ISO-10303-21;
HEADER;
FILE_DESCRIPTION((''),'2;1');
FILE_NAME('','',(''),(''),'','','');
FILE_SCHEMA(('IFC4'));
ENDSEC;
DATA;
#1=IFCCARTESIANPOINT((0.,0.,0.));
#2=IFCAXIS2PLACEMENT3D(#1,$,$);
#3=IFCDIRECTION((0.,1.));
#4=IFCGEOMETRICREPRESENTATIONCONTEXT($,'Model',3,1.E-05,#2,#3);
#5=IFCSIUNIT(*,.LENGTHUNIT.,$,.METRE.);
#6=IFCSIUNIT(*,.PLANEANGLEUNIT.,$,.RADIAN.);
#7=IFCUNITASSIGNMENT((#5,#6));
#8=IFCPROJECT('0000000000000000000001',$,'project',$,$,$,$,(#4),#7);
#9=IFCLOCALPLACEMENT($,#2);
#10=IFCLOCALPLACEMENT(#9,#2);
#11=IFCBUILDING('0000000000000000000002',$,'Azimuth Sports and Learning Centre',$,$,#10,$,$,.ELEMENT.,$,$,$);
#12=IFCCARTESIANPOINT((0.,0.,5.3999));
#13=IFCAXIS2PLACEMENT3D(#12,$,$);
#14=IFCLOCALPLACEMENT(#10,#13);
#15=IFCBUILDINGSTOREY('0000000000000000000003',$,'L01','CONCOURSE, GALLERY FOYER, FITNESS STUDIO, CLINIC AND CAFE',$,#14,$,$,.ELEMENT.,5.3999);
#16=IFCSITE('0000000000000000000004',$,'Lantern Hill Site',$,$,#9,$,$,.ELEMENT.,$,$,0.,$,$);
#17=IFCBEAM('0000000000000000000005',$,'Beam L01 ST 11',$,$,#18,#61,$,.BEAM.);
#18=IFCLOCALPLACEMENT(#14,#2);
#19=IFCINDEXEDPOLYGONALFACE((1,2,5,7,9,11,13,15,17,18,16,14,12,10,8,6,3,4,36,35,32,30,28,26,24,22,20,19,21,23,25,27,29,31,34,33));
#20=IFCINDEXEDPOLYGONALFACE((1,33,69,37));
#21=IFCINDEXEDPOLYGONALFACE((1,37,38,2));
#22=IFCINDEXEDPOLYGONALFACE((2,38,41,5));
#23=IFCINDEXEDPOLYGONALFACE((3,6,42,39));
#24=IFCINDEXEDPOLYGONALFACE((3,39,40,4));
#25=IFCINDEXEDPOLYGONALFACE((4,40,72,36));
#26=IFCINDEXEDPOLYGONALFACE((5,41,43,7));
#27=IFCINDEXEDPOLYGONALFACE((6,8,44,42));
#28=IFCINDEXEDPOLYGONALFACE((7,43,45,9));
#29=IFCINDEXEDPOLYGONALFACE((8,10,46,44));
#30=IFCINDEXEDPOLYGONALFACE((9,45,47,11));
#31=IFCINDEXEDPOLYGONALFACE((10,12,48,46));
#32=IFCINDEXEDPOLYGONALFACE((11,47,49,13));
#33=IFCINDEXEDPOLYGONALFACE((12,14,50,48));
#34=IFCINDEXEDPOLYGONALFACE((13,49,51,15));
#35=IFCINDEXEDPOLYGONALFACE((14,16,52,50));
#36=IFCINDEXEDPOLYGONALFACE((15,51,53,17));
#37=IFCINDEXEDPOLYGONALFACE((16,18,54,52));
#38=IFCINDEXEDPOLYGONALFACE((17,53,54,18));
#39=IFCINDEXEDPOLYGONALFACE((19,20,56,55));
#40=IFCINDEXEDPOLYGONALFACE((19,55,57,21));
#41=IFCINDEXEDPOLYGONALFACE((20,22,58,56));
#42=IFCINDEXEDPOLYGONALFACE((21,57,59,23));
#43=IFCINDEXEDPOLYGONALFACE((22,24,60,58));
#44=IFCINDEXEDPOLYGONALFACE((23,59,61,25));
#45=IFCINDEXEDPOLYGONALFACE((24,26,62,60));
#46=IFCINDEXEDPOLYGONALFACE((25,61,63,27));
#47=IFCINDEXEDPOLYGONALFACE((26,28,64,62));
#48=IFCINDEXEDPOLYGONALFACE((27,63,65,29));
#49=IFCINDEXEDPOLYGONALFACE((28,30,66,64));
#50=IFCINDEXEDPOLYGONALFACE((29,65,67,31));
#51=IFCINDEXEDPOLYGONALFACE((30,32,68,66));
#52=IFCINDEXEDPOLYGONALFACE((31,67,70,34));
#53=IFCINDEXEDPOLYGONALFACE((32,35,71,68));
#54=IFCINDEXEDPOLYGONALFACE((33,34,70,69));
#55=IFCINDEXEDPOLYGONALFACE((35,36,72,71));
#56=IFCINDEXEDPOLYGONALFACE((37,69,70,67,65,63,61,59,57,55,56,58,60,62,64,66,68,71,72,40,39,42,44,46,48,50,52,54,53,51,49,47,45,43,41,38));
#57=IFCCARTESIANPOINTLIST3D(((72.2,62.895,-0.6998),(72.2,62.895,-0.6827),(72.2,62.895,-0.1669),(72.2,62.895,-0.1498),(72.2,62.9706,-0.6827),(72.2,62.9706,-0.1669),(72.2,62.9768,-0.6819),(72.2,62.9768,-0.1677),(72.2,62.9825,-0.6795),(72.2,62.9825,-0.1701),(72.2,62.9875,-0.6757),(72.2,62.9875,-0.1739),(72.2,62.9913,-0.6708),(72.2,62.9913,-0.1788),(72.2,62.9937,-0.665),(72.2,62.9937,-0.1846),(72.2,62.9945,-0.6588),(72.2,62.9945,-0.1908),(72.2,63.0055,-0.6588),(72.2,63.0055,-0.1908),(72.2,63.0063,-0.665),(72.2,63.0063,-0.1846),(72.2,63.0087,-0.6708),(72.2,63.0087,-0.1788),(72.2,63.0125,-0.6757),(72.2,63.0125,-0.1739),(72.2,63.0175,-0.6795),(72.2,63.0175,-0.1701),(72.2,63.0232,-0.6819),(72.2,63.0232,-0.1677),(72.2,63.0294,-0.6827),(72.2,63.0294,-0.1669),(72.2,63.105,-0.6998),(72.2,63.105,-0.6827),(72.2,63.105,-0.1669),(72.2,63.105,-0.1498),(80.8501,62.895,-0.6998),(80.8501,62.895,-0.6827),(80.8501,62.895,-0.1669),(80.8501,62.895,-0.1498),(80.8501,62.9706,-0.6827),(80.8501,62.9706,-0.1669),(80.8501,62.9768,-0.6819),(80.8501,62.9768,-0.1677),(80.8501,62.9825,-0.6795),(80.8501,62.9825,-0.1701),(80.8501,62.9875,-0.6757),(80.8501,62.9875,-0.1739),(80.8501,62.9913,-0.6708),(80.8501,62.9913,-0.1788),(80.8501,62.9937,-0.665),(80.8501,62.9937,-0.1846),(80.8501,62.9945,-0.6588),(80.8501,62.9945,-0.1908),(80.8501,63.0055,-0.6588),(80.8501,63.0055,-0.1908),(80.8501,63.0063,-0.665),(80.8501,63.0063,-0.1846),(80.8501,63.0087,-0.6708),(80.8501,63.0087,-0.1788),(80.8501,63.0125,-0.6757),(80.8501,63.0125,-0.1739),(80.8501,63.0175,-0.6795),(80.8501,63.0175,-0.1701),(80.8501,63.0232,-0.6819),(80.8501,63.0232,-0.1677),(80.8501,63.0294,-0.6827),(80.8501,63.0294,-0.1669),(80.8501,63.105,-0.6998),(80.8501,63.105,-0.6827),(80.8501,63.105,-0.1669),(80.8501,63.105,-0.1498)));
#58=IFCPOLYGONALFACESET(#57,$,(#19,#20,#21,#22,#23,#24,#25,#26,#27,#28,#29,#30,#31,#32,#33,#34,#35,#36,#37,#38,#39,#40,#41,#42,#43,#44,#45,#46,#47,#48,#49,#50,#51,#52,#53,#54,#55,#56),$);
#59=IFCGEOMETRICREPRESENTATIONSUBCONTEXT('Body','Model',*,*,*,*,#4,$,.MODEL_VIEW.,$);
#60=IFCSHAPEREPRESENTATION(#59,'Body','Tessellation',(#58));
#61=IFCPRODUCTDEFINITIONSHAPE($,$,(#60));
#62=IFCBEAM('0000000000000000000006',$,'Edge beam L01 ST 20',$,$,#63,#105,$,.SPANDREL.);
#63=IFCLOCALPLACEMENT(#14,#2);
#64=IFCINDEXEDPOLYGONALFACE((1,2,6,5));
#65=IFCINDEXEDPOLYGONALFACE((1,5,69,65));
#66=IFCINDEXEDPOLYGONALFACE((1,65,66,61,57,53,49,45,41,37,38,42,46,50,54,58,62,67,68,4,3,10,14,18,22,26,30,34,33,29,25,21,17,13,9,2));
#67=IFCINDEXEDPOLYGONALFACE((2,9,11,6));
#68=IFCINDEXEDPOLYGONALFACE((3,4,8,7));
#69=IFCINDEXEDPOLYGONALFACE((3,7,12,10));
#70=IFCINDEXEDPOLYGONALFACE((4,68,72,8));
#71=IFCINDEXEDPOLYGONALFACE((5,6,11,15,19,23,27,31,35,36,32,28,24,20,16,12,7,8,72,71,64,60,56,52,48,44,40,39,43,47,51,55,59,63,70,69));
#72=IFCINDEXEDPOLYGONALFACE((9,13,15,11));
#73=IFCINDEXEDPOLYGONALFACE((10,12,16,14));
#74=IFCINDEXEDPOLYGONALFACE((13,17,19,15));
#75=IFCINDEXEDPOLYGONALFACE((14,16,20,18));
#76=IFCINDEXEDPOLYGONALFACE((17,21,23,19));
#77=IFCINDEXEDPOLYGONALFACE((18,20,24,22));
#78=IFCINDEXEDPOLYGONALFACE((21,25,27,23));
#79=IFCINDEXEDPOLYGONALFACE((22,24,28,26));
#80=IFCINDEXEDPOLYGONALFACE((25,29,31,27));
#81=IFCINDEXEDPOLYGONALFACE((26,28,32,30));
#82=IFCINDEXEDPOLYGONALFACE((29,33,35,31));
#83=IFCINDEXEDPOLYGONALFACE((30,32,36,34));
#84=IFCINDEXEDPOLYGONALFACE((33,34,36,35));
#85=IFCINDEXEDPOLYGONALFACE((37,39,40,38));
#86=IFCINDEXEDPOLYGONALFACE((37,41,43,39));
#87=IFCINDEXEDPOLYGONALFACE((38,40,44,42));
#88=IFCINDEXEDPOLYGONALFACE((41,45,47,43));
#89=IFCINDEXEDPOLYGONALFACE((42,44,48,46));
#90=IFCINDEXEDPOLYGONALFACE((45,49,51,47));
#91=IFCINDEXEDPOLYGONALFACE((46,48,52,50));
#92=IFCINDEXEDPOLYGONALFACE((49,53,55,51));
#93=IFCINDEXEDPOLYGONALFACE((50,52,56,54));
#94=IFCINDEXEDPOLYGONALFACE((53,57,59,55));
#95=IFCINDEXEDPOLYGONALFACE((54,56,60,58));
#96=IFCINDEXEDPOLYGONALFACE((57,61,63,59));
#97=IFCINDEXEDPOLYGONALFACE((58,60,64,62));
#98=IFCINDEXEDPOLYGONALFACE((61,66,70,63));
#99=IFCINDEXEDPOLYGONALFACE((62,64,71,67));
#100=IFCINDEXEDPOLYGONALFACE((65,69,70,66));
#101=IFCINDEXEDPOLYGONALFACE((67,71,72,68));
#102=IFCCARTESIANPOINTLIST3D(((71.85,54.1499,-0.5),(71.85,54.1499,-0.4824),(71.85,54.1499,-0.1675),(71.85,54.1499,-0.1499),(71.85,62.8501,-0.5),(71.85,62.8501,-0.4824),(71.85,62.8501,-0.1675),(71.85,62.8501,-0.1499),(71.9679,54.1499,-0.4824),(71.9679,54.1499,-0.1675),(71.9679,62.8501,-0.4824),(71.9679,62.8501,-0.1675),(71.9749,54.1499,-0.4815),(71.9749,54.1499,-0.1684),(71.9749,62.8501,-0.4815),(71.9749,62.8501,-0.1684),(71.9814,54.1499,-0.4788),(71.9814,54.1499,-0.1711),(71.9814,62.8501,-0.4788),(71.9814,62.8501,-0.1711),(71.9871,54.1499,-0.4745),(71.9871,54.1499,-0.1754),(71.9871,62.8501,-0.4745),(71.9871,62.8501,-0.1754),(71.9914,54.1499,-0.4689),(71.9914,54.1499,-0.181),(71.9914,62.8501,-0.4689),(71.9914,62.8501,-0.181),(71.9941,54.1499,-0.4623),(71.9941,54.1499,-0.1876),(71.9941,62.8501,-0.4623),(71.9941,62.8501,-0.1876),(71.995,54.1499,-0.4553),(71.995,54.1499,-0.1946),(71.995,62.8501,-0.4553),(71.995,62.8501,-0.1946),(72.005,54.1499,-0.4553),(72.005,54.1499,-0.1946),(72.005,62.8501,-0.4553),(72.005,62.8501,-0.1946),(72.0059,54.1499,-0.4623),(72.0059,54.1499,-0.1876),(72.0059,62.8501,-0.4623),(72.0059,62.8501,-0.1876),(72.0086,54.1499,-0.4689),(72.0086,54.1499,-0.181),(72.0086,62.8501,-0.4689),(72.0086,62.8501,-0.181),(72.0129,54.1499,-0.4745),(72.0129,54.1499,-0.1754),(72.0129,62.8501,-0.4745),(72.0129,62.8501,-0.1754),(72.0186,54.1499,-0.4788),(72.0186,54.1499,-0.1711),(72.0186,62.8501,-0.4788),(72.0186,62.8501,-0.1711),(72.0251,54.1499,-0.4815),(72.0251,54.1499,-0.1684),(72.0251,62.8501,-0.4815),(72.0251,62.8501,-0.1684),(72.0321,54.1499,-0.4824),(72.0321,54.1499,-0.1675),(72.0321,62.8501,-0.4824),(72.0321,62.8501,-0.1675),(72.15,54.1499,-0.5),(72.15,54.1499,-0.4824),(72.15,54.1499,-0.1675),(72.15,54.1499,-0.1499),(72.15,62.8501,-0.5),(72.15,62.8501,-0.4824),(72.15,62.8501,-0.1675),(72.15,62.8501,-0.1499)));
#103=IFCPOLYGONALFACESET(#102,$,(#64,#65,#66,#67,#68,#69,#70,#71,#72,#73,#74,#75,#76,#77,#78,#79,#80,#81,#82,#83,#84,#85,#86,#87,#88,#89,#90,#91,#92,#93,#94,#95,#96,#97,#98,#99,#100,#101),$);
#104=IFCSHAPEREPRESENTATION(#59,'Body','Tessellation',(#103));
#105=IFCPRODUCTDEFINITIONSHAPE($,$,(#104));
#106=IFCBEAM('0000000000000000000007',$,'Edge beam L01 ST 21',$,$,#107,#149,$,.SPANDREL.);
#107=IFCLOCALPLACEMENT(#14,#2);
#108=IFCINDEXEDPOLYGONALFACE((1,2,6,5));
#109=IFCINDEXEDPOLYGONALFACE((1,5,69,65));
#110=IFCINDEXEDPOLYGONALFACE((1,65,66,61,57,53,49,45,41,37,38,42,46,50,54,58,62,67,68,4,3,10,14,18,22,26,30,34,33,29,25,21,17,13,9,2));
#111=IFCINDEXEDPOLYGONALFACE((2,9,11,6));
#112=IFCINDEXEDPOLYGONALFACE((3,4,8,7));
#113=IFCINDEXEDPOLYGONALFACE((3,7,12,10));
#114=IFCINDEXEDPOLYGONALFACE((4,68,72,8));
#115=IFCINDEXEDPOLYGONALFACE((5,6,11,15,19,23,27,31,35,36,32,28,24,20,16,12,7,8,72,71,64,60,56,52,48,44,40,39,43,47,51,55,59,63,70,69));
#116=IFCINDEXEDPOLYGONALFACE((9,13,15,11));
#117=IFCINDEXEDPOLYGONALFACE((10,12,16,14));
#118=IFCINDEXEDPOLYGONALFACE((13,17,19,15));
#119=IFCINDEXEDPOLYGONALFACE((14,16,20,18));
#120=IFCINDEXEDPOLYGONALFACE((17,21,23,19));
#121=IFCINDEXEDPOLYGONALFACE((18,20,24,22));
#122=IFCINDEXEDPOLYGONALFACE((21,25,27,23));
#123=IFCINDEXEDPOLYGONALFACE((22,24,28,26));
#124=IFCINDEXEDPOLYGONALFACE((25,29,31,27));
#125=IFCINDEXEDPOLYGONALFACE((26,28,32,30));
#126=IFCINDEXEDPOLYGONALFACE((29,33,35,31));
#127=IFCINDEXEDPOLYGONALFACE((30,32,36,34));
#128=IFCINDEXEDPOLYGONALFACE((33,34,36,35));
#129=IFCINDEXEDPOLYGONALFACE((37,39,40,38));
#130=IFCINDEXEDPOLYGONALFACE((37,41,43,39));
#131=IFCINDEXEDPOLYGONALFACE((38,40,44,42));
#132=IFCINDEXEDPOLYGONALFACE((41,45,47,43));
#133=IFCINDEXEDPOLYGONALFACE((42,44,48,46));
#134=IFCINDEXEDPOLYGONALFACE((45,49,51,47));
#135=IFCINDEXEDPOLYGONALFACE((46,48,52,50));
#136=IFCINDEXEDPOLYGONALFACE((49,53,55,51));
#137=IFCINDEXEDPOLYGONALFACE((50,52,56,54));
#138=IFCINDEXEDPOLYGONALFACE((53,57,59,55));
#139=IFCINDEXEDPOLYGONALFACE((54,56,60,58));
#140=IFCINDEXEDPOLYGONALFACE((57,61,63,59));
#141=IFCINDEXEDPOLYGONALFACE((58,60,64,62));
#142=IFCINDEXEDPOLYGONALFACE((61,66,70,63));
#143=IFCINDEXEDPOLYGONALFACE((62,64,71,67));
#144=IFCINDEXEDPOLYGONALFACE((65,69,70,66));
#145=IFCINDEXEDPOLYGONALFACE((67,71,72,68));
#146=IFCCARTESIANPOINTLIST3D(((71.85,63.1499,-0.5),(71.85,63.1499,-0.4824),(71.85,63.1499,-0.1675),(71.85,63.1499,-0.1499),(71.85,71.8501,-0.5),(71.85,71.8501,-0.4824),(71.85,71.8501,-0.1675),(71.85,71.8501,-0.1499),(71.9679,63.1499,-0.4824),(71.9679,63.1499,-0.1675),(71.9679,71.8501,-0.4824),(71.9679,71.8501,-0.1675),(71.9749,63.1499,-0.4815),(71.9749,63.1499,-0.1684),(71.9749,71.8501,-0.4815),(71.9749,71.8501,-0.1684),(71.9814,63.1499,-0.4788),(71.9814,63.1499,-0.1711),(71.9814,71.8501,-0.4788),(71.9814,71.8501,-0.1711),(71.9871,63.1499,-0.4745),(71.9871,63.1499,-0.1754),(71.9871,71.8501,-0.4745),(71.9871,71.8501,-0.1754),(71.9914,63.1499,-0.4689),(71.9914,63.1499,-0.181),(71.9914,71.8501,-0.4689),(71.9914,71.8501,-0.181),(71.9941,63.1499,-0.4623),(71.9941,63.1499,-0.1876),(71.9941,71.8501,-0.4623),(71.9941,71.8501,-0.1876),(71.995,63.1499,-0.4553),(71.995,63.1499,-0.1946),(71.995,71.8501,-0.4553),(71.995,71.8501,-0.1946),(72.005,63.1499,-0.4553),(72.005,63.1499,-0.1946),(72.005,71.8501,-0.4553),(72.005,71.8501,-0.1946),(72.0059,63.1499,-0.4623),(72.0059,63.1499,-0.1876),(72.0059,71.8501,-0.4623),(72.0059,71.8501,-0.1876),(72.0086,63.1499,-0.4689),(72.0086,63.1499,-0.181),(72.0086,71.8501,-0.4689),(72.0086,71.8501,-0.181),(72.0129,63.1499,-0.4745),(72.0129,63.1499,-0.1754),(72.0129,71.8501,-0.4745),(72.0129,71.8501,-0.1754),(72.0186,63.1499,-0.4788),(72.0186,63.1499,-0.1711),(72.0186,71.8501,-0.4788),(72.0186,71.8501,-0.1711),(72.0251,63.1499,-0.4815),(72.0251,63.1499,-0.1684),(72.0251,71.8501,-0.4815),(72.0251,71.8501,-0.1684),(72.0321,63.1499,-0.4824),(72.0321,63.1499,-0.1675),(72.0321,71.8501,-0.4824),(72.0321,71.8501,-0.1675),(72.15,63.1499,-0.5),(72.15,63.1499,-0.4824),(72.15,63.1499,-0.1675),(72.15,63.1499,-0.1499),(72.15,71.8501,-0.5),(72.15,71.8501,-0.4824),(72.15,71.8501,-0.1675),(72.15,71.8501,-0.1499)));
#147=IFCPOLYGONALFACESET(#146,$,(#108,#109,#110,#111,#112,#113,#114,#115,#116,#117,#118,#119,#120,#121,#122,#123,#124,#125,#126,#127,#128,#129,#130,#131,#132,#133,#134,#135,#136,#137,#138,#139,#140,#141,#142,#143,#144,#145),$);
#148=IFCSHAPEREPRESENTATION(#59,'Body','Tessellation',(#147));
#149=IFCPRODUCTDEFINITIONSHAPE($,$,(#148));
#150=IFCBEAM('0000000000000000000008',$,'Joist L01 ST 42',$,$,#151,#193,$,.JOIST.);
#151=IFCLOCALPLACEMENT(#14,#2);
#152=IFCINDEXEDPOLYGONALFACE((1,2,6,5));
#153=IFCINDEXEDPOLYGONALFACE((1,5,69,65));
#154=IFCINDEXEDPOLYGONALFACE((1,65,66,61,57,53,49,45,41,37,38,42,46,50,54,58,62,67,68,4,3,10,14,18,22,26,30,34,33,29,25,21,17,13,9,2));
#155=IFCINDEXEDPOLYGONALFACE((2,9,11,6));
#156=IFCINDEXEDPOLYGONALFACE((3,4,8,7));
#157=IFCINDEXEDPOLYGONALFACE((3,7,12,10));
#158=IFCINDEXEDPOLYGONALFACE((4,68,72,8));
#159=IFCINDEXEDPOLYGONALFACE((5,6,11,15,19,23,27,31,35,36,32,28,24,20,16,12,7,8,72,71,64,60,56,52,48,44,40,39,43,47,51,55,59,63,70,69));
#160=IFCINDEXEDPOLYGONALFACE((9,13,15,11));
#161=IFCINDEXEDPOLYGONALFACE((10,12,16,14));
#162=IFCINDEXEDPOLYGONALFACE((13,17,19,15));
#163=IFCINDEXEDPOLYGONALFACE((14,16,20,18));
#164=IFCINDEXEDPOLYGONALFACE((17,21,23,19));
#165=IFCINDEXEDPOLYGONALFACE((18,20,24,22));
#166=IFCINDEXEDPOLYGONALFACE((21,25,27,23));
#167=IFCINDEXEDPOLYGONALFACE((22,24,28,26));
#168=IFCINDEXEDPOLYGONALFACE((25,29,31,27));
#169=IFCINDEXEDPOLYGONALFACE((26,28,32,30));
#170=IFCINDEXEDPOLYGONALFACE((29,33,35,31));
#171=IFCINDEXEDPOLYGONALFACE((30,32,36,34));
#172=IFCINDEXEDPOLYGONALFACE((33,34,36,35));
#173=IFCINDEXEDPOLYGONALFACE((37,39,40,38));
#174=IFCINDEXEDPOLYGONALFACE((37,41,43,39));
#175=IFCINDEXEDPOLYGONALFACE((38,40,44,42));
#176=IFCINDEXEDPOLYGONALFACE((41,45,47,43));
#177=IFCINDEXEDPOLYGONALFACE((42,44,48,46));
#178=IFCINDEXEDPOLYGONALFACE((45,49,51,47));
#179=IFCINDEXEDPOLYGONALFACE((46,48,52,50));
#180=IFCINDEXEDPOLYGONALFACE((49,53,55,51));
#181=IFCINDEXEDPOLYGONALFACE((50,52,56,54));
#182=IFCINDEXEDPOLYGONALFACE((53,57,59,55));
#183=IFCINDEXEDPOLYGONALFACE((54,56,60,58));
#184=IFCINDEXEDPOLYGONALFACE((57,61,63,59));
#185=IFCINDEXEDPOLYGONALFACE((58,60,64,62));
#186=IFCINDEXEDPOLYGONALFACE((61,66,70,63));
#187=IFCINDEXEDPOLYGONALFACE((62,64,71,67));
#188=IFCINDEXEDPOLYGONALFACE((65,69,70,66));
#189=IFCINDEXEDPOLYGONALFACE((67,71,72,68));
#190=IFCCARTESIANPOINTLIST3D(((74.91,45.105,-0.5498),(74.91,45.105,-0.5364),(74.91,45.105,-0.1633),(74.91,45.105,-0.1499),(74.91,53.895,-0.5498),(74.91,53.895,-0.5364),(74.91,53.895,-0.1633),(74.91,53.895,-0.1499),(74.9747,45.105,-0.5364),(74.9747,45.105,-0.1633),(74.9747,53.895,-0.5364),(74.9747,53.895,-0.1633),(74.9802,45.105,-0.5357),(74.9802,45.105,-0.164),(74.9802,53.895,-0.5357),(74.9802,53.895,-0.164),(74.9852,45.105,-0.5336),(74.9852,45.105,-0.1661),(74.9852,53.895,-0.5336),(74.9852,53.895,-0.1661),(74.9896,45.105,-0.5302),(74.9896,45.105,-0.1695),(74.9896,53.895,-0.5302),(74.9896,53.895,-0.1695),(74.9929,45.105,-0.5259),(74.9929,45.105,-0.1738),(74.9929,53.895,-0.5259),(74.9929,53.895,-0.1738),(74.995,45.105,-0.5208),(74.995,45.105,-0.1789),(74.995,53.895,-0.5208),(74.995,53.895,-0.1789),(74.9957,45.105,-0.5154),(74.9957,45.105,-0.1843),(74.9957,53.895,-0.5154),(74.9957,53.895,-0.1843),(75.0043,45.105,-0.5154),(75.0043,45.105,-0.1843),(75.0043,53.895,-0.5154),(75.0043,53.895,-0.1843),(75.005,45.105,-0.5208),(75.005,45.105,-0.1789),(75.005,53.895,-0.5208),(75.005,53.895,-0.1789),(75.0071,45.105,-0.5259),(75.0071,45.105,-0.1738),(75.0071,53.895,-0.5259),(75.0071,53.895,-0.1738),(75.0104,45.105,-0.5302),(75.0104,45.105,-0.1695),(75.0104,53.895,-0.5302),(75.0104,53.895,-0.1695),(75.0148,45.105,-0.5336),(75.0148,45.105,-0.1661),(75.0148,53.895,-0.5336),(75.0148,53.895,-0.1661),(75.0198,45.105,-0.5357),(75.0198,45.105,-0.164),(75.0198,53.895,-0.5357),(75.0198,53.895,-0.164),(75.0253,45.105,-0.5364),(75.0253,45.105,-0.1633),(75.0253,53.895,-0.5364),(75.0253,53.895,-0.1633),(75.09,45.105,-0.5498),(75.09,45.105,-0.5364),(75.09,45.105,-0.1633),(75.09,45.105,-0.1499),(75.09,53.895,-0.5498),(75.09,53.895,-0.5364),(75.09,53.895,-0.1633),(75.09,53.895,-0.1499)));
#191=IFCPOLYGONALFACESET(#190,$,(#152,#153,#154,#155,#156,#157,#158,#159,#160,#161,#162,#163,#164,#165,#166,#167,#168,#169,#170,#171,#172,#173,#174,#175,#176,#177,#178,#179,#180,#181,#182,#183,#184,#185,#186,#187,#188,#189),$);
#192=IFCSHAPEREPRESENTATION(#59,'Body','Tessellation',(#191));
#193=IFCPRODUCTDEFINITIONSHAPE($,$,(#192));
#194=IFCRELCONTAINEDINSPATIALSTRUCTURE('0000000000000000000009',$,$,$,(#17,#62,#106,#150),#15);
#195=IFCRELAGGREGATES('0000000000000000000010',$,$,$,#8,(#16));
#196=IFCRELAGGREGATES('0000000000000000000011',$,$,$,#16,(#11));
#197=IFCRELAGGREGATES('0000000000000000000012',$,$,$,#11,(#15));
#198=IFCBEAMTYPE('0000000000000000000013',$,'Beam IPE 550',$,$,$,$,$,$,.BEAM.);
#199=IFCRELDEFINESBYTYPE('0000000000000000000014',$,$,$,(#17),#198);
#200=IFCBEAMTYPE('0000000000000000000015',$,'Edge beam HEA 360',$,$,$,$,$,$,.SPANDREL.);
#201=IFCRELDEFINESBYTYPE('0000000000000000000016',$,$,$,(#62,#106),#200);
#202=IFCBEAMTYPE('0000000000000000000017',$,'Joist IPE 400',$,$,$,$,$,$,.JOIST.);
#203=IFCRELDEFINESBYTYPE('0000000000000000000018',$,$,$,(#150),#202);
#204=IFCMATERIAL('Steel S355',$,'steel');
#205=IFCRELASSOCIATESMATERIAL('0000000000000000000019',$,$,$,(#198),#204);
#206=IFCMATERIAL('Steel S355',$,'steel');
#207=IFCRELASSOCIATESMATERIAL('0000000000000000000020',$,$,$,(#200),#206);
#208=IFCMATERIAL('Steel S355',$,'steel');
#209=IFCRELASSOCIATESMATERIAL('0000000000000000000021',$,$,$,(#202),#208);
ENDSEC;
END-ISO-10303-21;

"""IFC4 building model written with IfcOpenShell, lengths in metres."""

from ifc_helpers import new_model, si_unit, direction, frame, origin, origin_2d, place, context, subcontext, project, spatial, i_section, extrude, material, material_profile, profile_set, type_object, element, save


model = new_model("IFC4")

# Units and contexts
model_context = context("Model", 3, precision=1e-05, world=origin(), true_north=direction((0.0, 1.0)))
body_context = subcontext(model_context, "Body", "Model", "MODEL_VIEW")
ifc_project = project(units=[si_unit("LENGTHUNIT", "METRE"), si_unit("PLANEANGLEUNIT", "RADIAN")], contexts=[model_context])

# Site, building, storey
site_placement = place(None, origin())
site = spatial("IfcSite", under=ifc_project, at=site_placement, Name="Lantern Hill Site", CompositionType="ELEMENT", RefElevation=0.0)
building_placement = place(site_placement, origin())
building = spatial("IfcBuilding", under=site, at=building_placement, Name="Azimuth Sports and Learning Centre", CompositionType="ELEMENT")
storey_placement = place(building_placement, frame((0.0, 0.0, 5.3999)))
storey = spatial("IfcBuildingStorey", under=building, at=storey_placement, Name="L01", Description="CONCOURSE, GALLERY FOYER, FITNESS STUDIO, CLINIC AND CAFE", CompositionType="ELEMENT", Elevation=5.3999)

# Beams
ifc_material_1 = material(Name="Steel S355", Category="steel")
ifc_material_profile_1 = material_profile(ifc_material_1, i_section(OverallWidth=0.21, OverallDepth=0.55, WebThickness=0.011, FlangeThickness=0.0171, FilletRadius=0.0239, at=origin_2d()), Name="IPE 550")
ifc_profile_set_1 = profile_set([ifc_material_profile_1], Name="Steel S355")
beam_type_1 = type_object("IfcBeamType", Name="Beam IPE 550", PredefinedType="BEAM", material=ifc_profile_set_1)
for number, where, z_axis, x_axis, name in (
    (1, (72.2, 63.0, -0.4248), (1.0, 0.0, 0.0), (0.0, 1.0, 0.0), "Beam L01 ST 11"),
):
    element("IfcBeam", number, at=place(storey_placement, frame(where, z_axis=z_axis, x_axis=x_axis)), inside=storey, type_object=beam_type_1, Name=name, PredefinedType="BEAM", context=body_context, shape_type="SweptSolid", body=[
        extrude(i_section(OverallWidth=0.21, OverallDepth=0.55, WebThickness=0.011, FlangeThickness=0.0171, FilletRadius=0.0239, at=origin_2d()), origin(), (0.0, 0.0, 1.0), 8.6501),
    ])
ifc_material_2 = material(Name="Steel S355", Category="steel")
ifc_material_profile_2 = material_profile(ifc_material_2, i_section(OverallWidth=0.3, OverallDepth=0.3501, WebThickness=0.01, FlangeThickness=0.0176, FilletRadius=0.0271, at=origin_2d()), Name="HEA 360")
ifc_profile_set_2 = profile_set([ifc_material_profile_2], Name="Steel S355")
beam_type_2 = type_object("IfcBeamType", Name="Edge beam HEA 360", PredefinedType="SPANDREL", material=ifc_profile_set_2)
for number, where, z_axis, x_axis, name in (
    (2, (72.0, 54.1499, -0.325), (0.0, 1.0, 0.0), (-1.0, 0.0, 0.0), "Edge beam L01 ST 20"),
    (3, (72.0, 63.1499, -0.325), (0.0, 1.0, 0.0), (-1.0, 0.0, 0.0), "Edge beam L01 ST 21"),
):
    element("IfcBeam", number, at=place(storey_placement, frame(where, z_axis=z_axis, x_axis=x_axis)), inside=storey, type_object=beam_type_2, Name=name, PredefinedType="SPANDREL", context=body_context, shape_type="SweptSolid", body=[
        extrude(i_section(OverallWidth=0.3, OverallDepth=0.3501, WebThickness=0.01, FlangeThickness=0.0176, FilletRadius=0.0271, at=origin_2d()), origin(), (0.0, 0.0, 1.0), 8.7002),
    ])
ifc_material_3 = material(Name="Steel S355", Category="steel")
ifc_material_profile_3 = material_profile(ifc_material_3, i_section(OverallWidth=0.1799, OverallDepth=0.3999, WebThickness=0.0085, FlangeThickness=0.0134, FilletRadius=0.021, at=origin_2d()), Name="IPE 400")
ifc_profile_set_3 = profile_set([ifc_material_profile_3], Name="Steel S355")
beam_type_3 = type_object("IfcBeamType", Name="Joist IPE 400", PredefinedType="JOIST", material=ifc_profile_set_3)
for number, where, z_axis, x_axis, name in (
    (4, (75.0, 45.105, -0.3499), (0.0, 1.0, 0.0), (-1.0, 0.0, 0.0), "Joist L01 ST 42"),
):
    element("IfcBeam", number, at=place(storey_placement, frame(where, z_axis=z_axis, x_axis=x_axis)), inside=storey, type_object=beam_type_3, Name=name, PredefinedType="JOIST", context=body_context, shape_type="SweptSolid", body=[
        extrude(i_section(OverallWidth=0.1799, OverallDepth=0.3999, WebThickness=0.0085, FlangeThickness=0.0134, FilletRadius=0.021, at=origin_2d()), origin(), (0.0, 0.0, 1.0), 8.79),
    ])

save(model, "model.ifc")
